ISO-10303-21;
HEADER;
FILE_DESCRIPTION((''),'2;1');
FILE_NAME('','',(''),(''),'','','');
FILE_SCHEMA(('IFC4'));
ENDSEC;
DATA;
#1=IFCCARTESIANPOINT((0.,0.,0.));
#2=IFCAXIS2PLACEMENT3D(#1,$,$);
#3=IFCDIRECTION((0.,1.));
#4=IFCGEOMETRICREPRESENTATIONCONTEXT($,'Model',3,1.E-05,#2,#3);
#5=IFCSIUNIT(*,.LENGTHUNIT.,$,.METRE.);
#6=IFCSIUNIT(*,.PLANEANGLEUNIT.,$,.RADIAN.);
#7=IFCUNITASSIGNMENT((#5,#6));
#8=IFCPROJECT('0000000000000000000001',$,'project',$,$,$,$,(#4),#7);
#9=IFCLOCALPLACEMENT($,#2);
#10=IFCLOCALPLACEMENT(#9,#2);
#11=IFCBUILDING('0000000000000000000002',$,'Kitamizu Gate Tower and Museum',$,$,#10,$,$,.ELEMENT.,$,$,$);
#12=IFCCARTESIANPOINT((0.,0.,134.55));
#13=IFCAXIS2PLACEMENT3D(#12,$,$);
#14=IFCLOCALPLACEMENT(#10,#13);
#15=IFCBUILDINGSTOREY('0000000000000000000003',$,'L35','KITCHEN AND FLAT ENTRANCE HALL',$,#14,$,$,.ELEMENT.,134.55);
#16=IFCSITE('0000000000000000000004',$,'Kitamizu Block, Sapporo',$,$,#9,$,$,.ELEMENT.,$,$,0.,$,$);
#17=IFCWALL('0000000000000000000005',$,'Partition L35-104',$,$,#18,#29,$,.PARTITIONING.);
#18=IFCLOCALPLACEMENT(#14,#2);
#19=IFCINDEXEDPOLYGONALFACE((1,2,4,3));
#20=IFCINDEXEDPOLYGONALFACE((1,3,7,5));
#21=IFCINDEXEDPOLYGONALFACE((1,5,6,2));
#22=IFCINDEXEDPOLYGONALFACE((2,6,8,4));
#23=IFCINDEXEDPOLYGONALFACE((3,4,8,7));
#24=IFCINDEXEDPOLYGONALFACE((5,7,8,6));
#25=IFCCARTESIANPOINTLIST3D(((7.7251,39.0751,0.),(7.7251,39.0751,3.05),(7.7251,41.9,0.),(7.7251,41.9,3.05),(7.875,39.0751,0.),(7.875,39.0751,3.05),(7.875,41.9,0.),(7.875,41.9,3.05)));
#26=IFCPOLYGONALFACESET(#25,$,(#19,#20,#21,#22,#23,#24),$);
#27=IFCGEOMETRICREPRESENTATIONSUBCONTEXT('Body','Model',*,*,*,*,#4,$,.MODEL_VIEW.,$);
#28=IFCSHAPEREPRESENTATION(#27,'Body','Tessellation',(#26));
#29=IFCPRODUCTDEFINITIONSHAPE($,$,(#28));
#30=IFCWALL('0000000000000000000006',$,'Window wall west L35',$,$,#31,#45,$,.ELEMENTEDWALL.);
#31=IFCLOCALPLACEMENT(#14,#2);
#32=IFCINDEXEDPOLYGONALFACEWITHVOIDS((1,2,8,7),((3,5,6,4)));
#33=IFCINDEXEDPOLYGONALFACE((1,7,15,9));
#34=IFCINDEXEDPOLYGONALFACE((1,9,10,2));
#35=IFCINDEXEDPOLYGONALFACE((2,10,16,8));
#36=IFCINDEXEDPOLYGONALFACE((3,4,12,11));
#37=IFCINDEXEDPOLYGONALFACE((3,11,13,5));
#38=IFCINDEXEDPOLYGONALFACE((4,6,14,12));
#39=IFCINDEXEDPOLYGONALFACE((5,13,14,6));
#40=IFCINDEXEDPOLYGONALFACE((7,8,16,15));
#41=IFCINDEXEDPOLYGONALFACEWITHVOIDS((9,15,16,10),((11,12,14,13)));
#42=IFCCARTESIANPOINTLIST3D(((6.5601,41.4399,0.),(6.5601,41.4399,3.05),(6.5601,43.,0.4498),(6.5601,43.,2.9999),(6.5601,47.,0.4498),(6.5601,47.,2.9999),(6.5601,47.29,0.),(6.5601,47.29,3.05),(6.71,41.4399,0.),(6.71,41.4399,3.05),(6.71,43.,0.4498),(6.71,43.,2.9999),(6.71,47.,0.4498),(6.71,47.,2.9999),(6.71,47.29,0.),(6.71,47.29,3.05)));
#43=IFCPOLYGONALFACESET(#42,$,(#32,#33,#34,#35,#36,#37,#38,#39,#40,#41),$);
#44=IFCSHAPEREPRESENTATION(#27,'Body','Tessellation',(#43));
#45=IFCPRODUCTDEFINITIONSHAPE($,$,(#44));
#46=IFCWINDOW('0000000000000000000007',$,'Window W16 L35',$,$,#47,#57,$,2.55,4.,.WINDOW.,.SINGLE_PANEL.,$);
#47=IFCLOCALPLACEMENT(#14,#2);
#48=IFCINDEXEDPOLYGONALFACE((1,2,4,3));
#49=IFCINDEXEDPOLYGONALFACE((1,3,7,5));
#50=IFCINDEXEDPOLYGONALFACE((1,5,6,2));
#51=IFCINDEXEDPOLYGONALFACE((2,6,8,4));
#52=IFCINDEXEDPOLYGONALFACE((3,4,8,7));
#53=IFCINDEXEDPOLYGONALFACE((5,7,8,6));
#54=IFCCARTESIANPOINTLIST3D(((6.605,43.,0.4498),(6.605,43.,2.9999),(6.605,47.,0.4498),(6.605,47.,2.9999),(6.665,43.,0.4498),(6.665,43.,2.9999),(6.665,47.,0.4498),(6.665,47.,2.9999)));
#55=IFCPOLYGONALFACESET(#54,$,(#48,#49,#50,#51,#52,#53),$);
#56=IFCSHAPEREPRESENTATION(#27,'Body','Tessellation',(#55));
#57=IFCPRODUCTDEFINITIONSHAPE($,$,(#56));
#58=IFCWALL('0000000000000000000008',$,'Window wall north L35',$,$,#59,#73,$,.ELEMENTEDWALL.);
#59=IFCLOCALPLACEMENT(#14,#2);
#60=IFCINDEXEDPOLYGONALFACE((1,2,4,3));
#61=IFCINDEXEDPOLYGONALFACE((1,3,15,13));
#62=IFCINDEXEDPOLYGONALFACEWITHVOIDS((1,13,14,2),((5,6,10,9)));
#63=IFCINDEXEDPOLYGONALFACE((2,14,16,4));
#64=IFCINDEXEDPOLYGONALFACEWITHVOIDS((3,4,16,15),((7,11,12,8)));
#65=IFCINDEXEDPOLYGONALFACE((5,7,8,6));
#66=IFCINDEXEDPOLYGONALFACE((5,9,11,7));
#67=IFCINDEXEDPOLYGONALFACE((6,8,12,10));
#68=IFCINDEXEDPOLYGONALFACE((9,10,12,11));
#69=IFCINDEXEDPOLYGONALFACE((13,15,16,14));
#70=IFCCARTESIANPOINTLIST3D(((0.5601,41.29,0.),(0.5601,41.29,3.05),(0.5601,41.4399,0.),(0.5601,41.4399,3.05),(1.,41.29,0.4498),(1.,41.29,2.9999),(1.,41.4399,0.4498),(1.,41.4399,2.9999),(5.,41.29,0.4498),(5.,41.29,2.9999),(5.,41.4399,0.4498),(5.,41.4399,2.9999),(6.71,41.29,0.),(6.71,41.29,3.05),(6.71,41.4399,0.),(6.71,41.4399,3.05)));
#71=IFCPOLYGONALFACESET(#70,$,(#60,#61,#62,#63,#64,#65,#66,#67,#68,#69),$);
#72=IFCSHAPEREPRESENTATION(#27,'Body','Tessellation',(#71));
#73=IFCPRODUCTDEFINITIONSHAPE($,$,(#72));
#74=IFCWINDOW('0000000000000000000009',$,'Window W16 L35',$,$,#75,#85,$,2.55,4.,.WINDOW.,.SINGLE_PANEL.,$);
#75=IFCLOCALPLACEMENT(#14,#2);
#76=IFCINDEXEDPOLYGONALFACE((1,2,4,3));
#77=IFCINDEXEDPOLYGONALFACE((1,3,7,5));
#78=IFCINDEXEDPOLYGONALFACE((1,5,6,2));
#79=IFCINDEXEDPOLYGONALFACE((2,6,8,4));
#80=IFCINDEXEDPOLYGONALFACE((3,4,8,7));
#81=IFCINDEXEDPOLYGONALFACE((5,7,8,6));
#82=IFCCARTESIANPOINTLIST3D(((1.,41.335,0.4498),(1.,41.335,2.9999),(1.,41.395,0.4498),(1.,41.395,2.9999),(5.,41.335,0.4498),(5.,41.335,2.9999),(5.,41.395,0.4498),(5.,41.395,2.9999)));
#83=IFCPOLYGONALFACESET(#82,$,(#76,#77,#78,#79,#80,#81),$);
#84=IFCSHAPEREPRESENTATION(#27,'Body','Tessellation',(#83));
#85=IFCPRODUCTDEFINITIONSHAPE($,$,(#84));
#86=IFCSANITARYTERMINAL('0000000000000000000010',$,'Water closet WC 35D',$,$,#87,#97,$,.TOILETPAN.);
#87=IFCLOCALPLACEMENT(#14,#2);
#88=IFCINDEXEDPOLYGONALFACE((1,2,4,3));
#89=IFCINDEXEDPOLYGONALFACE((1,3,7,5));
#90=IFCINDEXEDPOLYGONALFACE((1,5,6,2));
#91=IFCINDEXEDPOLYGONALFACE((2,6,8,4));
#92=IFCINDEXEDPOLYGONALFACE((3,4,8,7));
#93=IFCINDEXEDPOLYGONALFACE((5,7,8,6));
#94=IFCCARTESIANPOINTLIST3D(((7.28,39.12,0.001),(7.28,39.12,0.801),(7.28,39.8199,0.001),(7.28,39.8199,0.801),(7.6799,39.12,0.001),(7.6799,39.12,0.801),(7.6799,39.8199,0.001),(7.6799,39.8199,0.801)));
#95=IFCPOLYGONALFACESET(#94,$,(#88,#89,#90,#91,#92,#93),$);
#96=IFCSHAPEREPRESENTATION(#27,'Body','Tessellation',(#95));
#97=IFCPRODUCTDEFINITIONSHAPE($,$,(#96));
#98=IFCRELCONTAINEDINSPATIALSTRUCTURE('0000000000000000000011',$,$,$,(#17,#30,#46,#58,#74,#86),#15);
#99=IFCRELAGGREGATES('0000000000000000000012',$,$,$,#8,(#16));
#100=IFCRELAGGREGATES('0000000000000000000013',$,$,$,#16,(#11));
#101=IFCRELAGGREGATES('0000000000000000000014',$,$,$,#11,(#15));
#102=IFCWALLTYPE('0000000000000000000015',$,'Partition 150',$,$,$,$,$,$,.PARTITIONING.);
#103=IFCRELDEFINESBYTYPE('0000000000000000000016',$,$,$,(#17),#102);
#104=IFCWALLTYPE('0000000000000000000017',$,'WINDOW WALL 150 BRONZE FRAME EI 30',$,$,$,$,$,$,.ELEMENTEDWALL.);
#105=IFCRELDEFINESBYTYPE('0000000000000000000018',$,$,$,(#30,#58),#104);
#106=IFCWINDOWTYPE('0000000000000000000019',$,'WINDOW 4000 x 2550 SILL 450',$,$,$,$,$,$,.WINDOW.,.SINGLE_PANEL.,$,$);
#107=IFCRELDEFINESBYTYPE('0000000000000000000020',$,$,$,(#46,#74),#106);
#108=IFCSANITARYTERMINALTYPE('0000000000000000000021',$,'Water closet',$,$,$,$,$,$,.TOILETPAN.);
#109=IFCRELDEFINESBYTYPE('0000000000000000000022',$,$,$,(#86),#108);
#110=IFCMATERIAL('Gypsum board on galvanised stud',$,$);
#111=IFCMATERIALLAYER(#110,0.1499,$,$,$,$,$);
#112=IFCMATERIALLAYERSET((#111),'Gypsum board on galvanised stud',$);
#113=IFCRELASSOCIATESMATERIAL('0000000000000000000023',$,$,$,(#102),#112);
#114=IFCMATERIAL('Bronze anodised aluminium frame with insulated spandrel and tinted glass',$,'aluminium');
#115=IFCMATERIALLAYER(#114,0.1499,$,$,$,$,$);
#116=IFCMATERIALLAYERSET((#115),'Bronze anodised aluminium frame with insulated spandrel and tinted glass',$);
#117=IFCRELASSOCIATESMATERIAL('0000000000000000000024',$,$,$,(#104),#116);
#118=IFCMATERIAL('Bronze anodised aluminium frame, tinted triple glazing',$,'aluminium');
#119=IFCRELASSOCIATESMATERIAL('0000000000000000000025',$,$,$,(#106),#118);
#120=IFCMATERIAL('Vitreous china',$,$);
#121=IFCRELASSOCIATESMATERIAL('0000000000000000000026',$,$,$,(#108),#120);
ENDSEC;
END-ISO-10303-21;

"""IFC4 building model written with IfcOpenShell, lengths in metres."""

from ifc_helpers import new_model, si_unit, direction, frame, frame_2d, origin, origin_2d, place, context, subcontext, project, spatial, rectangle, extrude, material, layer, layer_set, type_object, element, fill, save


model = new_model("IFC4")

# Units and contexts
model_context = context("Model", 3, precision=1e-05, world=origin(), true_north=direction((0.0, 1.0)))
body_context = subcontext(model_context, "Body", "Model", "MODEL_VIEW")
ifc_project = project(units=[si_unit("LENGTHUNIT", "METRE"), si_unit("PLANEANGLEUNIT", "RADIAN")], contexts=[model_context])

# Site, building, storey
site_placement = place(None, origin())
site = spatial("IfcSite", under=ifc_project, at=site_placement, Name="Kitamizu Block, Sapporo", CompositionType="ELEMENT", RefElevation=0.0)
building_placement = place(site_placement, origin())
building = spatial("IfcBuilding", under=site, at=building_placement, Name="Kitamizu Gate Tower and Museum", CompositionType="ELEMENT")
storey_placement = place(building_placement, frame((0.0, 0.0, 134.55)))
storey = spatial("IfcBuildingStorey", under=building, at=storey_placement, Name="L35", Description="KITCHEN AND FLAT ENTRANCE HALL", CompositionType="ELEMENT", Elevation=134.55)

# Wall
ifc_material_1 = material(Name="Gypsum board on galvanised stud")
ifc_layer_1 = layer(ifc_material_1, 0.1499)
ifc_layer_set_1 = layer_set([ifc_layer_1], Name="Gypsum board on galvanised stud")
wall_type_1 = type_object("IfcWallType", Name="Partition 150", PredefinedType="PARTITIONING", material=ifc_layer_set_1)
wall_1_placement = place(storey_placement, frame((7.8, 39.075, 0.0), z_axis=(0.0, 0.0, 1.0), x_axis=(0.0, 1.0, 0.0)))
element("IfcWall", 1, at=wall_1_placement, inside=storey, type_object=wall_type_1, Name="Partition L35-104", PredefinedType="PARTITIONING", context=body_context, shape_type="SweptSolid", body=[
    extrude(rectangle(XDim=2.825, YDim=0.1499, at=frame_2d((1.4126, 0.0))), origin(), (0.0, 0.0, 1.0), 3.05),
])

# Walls, openings, windows
ifc_material_2 = material(Name="Bronze anodised aluminium frame with insulated spandrel and tinted glass", Category="aluminium")
ifc_layer_2 = layer(ifc_material_2, 0.1499)
ifc_layer_set_2 = layer_set([ifc_layer_2], Name="Bronze anodised aluminium frame with insulated spandrel and tinted glass")
wall_type_2 = type_object("IfcWallType", Name="WINDOW WALL 150 BRONZE FRAME EI 30", PredefinedType="ELEMENTEDWALL", material=ifc_layer_set_2)
wall_2_placement = place(storey_placement, frame((6.635, 41.4399, 0.0), z_axis=(0.0, 0.0, 1.0), x_axis=(0.0, 1.0, 0.0)))
wall_2 = element("IfcWall", 2, at=wall_2_placement, inside=storey, type_object=wall_type_2, Name="Window wall west L35", PredefinedType="ELEMENTEDWALL", context=body_context, shape_type="SweptSolid", body=[
    extrude(rectangle(XDim=5.8501, YDim=0.1499, at=frame_2d((2.925, 0.0))), origin(), (0.0, 0.0, 1.0), 3.05),
])
opening_1_placement = place(wall_2_placement, frame((1.5601, 0.0, 0.45)))
opening_1 = element("IfcOpeningElement", 3, at=opening_1_placement, cuts=wall_2, PredefinedType="OPENING", context=body_context, shape_type="SweptSolid", body=[
    extrude(rectangle(XDim=4.0, YDim=2.55, at=frame_2d((2.0, 1.2749))), frame((0.0, 0.085, 0.0), z_axis=(0.0, -1.0, 0.0), x_axis=(1.0, 0.0, 0.0)), (0.0, 0.0, 1.0), 0.1699),
])
ifc_material_3 = material(Name="Bronze anodised aluminium frame, tinted triple glazing", Category="aluminium")
window_type = type_object("IfcWindowType", Name="WINDOW 4000 x 2550 SILL 450", PartitioningType="SINGLE_PANEL", PredefinedType="WINDOW", material=ifc_material_3)
window_1_placement = place(opening_1_placement, origin())
window_1 = element("IfcWindow", 4, at=window_1_placement, inside=storey, type_object=window_type, Name="Window W16 L35", OverallHeight=2.55, OverallWidth=4.0, PartitioningType="SINGLE_PANEL", PredefinedType="WINDOW", context=body_context, shape_type="SweptSolid", body=[
    extrude(rectangle(XDim=4.0, YDim=2.55, at=frame_2d((2.0, 1.2749))), frame((0.0, 0.03, 0.0), z_axis=(0.0, -1.0, 0.0), x_axis=(1.0, 0.0, 0.0)), (0.0, 0.0, 1.0), 0.0601),
])
fill(opening_1, window_1)
wall_3_placement = place(storey_placement, frame((0.5601, 41.365, 0.0), z_axis=(0.0, 0.0, 1.0), x_axis=(1.0, 0.0, 0.0)))
wall_3 = element("IfcWall", 5, at=wall_3_placement, inside=storey, type_object=wall_type_2, Name="Window wall north L35", PredefinedType="ELEMENTEDWALL", context=body_context, shape_type="SweptSolid", body=[
    extrude(rectangle(XDim=6.1499, YDim=0.1499, at=frame_2d((3.075, 0.0))), origin(), (0.0, 0.0, 1.0), 3.05),
])
opening_2_placement = place(wall_3_placement, frame((0.4399, 0.0, 0.45)))
opening_2 = element("IfcOpeningElement", 6, at=opening_2_placement, cuts=wall_3, PredefinedType="OPENING", context=body_context, shape_type="SweptSolid", body=[
    extrude(rectangle(XDim=4.0, YDim=2.55, at=frame_2d((2.0, 1.2749))), frame((0.0, 0.085, 0.0), z_axis=(0.0, -1.0, 0.0), x_axis=(1.0, 0.0, 0.0)), (0.0, 0.0, 1.0), 0.1699),
])
window_2_placement = place(opening_2_placement, origin())
window_2 = element("IfcWindow", 7, at=window_2_placement, inside=storey, type_object=window_type, Name="Window W16 L35", OverallHeight=2.55, OverallWidth=4.0, PartitioningType="SINGLE_PANEL", PredefinedType="WINDOW", context=body_context, shape_type="SweptSolid", body=[
    extrude(rectangle(XDim=4.0, YDim=2.55, at=frame_2d((2.0, 1.2749))), frame((0.0, 0.03, 0.0), z_axis=(0.0, -1.0, 0.0), x_axis=(1.0, 0.0, 0.0)), (0.0, 0.0, 1.0), 0.0601),
])
fill(opening_2, window_2)

# Sanitary terminal
ifc_material_4 = material(Name="Vitreous china")
sanitary_terminal_type = type_object("IfcSanitaryTerminalType", Name="Water closet", PredefinedType="TOILETPAN", material=ifc_material_4)
sanitary_terminal_placement = place(storey_placement, frame((7.48, 39.47, 0.001), z_axis=(0.0, 0.0, 1.0), x_axis=(1.0, 0.0, 0.0)))
element("IfcSanitaryTerminal", 8, at=sanitary_terminal_placement, inside=storey, type_object=sanitary_terminal_type, Name="Water closet WC 35D", PredefinedType="TOILETPAN", context=body_context, shape_type="SweptSolid", body=[
    extrude(rectangle(XDim=0.3999, YDim=0.7, at=origin_2d()), origin(), (0.0, 0.0, 1.0), 0.8),
])

save(model, "model.ifc")
